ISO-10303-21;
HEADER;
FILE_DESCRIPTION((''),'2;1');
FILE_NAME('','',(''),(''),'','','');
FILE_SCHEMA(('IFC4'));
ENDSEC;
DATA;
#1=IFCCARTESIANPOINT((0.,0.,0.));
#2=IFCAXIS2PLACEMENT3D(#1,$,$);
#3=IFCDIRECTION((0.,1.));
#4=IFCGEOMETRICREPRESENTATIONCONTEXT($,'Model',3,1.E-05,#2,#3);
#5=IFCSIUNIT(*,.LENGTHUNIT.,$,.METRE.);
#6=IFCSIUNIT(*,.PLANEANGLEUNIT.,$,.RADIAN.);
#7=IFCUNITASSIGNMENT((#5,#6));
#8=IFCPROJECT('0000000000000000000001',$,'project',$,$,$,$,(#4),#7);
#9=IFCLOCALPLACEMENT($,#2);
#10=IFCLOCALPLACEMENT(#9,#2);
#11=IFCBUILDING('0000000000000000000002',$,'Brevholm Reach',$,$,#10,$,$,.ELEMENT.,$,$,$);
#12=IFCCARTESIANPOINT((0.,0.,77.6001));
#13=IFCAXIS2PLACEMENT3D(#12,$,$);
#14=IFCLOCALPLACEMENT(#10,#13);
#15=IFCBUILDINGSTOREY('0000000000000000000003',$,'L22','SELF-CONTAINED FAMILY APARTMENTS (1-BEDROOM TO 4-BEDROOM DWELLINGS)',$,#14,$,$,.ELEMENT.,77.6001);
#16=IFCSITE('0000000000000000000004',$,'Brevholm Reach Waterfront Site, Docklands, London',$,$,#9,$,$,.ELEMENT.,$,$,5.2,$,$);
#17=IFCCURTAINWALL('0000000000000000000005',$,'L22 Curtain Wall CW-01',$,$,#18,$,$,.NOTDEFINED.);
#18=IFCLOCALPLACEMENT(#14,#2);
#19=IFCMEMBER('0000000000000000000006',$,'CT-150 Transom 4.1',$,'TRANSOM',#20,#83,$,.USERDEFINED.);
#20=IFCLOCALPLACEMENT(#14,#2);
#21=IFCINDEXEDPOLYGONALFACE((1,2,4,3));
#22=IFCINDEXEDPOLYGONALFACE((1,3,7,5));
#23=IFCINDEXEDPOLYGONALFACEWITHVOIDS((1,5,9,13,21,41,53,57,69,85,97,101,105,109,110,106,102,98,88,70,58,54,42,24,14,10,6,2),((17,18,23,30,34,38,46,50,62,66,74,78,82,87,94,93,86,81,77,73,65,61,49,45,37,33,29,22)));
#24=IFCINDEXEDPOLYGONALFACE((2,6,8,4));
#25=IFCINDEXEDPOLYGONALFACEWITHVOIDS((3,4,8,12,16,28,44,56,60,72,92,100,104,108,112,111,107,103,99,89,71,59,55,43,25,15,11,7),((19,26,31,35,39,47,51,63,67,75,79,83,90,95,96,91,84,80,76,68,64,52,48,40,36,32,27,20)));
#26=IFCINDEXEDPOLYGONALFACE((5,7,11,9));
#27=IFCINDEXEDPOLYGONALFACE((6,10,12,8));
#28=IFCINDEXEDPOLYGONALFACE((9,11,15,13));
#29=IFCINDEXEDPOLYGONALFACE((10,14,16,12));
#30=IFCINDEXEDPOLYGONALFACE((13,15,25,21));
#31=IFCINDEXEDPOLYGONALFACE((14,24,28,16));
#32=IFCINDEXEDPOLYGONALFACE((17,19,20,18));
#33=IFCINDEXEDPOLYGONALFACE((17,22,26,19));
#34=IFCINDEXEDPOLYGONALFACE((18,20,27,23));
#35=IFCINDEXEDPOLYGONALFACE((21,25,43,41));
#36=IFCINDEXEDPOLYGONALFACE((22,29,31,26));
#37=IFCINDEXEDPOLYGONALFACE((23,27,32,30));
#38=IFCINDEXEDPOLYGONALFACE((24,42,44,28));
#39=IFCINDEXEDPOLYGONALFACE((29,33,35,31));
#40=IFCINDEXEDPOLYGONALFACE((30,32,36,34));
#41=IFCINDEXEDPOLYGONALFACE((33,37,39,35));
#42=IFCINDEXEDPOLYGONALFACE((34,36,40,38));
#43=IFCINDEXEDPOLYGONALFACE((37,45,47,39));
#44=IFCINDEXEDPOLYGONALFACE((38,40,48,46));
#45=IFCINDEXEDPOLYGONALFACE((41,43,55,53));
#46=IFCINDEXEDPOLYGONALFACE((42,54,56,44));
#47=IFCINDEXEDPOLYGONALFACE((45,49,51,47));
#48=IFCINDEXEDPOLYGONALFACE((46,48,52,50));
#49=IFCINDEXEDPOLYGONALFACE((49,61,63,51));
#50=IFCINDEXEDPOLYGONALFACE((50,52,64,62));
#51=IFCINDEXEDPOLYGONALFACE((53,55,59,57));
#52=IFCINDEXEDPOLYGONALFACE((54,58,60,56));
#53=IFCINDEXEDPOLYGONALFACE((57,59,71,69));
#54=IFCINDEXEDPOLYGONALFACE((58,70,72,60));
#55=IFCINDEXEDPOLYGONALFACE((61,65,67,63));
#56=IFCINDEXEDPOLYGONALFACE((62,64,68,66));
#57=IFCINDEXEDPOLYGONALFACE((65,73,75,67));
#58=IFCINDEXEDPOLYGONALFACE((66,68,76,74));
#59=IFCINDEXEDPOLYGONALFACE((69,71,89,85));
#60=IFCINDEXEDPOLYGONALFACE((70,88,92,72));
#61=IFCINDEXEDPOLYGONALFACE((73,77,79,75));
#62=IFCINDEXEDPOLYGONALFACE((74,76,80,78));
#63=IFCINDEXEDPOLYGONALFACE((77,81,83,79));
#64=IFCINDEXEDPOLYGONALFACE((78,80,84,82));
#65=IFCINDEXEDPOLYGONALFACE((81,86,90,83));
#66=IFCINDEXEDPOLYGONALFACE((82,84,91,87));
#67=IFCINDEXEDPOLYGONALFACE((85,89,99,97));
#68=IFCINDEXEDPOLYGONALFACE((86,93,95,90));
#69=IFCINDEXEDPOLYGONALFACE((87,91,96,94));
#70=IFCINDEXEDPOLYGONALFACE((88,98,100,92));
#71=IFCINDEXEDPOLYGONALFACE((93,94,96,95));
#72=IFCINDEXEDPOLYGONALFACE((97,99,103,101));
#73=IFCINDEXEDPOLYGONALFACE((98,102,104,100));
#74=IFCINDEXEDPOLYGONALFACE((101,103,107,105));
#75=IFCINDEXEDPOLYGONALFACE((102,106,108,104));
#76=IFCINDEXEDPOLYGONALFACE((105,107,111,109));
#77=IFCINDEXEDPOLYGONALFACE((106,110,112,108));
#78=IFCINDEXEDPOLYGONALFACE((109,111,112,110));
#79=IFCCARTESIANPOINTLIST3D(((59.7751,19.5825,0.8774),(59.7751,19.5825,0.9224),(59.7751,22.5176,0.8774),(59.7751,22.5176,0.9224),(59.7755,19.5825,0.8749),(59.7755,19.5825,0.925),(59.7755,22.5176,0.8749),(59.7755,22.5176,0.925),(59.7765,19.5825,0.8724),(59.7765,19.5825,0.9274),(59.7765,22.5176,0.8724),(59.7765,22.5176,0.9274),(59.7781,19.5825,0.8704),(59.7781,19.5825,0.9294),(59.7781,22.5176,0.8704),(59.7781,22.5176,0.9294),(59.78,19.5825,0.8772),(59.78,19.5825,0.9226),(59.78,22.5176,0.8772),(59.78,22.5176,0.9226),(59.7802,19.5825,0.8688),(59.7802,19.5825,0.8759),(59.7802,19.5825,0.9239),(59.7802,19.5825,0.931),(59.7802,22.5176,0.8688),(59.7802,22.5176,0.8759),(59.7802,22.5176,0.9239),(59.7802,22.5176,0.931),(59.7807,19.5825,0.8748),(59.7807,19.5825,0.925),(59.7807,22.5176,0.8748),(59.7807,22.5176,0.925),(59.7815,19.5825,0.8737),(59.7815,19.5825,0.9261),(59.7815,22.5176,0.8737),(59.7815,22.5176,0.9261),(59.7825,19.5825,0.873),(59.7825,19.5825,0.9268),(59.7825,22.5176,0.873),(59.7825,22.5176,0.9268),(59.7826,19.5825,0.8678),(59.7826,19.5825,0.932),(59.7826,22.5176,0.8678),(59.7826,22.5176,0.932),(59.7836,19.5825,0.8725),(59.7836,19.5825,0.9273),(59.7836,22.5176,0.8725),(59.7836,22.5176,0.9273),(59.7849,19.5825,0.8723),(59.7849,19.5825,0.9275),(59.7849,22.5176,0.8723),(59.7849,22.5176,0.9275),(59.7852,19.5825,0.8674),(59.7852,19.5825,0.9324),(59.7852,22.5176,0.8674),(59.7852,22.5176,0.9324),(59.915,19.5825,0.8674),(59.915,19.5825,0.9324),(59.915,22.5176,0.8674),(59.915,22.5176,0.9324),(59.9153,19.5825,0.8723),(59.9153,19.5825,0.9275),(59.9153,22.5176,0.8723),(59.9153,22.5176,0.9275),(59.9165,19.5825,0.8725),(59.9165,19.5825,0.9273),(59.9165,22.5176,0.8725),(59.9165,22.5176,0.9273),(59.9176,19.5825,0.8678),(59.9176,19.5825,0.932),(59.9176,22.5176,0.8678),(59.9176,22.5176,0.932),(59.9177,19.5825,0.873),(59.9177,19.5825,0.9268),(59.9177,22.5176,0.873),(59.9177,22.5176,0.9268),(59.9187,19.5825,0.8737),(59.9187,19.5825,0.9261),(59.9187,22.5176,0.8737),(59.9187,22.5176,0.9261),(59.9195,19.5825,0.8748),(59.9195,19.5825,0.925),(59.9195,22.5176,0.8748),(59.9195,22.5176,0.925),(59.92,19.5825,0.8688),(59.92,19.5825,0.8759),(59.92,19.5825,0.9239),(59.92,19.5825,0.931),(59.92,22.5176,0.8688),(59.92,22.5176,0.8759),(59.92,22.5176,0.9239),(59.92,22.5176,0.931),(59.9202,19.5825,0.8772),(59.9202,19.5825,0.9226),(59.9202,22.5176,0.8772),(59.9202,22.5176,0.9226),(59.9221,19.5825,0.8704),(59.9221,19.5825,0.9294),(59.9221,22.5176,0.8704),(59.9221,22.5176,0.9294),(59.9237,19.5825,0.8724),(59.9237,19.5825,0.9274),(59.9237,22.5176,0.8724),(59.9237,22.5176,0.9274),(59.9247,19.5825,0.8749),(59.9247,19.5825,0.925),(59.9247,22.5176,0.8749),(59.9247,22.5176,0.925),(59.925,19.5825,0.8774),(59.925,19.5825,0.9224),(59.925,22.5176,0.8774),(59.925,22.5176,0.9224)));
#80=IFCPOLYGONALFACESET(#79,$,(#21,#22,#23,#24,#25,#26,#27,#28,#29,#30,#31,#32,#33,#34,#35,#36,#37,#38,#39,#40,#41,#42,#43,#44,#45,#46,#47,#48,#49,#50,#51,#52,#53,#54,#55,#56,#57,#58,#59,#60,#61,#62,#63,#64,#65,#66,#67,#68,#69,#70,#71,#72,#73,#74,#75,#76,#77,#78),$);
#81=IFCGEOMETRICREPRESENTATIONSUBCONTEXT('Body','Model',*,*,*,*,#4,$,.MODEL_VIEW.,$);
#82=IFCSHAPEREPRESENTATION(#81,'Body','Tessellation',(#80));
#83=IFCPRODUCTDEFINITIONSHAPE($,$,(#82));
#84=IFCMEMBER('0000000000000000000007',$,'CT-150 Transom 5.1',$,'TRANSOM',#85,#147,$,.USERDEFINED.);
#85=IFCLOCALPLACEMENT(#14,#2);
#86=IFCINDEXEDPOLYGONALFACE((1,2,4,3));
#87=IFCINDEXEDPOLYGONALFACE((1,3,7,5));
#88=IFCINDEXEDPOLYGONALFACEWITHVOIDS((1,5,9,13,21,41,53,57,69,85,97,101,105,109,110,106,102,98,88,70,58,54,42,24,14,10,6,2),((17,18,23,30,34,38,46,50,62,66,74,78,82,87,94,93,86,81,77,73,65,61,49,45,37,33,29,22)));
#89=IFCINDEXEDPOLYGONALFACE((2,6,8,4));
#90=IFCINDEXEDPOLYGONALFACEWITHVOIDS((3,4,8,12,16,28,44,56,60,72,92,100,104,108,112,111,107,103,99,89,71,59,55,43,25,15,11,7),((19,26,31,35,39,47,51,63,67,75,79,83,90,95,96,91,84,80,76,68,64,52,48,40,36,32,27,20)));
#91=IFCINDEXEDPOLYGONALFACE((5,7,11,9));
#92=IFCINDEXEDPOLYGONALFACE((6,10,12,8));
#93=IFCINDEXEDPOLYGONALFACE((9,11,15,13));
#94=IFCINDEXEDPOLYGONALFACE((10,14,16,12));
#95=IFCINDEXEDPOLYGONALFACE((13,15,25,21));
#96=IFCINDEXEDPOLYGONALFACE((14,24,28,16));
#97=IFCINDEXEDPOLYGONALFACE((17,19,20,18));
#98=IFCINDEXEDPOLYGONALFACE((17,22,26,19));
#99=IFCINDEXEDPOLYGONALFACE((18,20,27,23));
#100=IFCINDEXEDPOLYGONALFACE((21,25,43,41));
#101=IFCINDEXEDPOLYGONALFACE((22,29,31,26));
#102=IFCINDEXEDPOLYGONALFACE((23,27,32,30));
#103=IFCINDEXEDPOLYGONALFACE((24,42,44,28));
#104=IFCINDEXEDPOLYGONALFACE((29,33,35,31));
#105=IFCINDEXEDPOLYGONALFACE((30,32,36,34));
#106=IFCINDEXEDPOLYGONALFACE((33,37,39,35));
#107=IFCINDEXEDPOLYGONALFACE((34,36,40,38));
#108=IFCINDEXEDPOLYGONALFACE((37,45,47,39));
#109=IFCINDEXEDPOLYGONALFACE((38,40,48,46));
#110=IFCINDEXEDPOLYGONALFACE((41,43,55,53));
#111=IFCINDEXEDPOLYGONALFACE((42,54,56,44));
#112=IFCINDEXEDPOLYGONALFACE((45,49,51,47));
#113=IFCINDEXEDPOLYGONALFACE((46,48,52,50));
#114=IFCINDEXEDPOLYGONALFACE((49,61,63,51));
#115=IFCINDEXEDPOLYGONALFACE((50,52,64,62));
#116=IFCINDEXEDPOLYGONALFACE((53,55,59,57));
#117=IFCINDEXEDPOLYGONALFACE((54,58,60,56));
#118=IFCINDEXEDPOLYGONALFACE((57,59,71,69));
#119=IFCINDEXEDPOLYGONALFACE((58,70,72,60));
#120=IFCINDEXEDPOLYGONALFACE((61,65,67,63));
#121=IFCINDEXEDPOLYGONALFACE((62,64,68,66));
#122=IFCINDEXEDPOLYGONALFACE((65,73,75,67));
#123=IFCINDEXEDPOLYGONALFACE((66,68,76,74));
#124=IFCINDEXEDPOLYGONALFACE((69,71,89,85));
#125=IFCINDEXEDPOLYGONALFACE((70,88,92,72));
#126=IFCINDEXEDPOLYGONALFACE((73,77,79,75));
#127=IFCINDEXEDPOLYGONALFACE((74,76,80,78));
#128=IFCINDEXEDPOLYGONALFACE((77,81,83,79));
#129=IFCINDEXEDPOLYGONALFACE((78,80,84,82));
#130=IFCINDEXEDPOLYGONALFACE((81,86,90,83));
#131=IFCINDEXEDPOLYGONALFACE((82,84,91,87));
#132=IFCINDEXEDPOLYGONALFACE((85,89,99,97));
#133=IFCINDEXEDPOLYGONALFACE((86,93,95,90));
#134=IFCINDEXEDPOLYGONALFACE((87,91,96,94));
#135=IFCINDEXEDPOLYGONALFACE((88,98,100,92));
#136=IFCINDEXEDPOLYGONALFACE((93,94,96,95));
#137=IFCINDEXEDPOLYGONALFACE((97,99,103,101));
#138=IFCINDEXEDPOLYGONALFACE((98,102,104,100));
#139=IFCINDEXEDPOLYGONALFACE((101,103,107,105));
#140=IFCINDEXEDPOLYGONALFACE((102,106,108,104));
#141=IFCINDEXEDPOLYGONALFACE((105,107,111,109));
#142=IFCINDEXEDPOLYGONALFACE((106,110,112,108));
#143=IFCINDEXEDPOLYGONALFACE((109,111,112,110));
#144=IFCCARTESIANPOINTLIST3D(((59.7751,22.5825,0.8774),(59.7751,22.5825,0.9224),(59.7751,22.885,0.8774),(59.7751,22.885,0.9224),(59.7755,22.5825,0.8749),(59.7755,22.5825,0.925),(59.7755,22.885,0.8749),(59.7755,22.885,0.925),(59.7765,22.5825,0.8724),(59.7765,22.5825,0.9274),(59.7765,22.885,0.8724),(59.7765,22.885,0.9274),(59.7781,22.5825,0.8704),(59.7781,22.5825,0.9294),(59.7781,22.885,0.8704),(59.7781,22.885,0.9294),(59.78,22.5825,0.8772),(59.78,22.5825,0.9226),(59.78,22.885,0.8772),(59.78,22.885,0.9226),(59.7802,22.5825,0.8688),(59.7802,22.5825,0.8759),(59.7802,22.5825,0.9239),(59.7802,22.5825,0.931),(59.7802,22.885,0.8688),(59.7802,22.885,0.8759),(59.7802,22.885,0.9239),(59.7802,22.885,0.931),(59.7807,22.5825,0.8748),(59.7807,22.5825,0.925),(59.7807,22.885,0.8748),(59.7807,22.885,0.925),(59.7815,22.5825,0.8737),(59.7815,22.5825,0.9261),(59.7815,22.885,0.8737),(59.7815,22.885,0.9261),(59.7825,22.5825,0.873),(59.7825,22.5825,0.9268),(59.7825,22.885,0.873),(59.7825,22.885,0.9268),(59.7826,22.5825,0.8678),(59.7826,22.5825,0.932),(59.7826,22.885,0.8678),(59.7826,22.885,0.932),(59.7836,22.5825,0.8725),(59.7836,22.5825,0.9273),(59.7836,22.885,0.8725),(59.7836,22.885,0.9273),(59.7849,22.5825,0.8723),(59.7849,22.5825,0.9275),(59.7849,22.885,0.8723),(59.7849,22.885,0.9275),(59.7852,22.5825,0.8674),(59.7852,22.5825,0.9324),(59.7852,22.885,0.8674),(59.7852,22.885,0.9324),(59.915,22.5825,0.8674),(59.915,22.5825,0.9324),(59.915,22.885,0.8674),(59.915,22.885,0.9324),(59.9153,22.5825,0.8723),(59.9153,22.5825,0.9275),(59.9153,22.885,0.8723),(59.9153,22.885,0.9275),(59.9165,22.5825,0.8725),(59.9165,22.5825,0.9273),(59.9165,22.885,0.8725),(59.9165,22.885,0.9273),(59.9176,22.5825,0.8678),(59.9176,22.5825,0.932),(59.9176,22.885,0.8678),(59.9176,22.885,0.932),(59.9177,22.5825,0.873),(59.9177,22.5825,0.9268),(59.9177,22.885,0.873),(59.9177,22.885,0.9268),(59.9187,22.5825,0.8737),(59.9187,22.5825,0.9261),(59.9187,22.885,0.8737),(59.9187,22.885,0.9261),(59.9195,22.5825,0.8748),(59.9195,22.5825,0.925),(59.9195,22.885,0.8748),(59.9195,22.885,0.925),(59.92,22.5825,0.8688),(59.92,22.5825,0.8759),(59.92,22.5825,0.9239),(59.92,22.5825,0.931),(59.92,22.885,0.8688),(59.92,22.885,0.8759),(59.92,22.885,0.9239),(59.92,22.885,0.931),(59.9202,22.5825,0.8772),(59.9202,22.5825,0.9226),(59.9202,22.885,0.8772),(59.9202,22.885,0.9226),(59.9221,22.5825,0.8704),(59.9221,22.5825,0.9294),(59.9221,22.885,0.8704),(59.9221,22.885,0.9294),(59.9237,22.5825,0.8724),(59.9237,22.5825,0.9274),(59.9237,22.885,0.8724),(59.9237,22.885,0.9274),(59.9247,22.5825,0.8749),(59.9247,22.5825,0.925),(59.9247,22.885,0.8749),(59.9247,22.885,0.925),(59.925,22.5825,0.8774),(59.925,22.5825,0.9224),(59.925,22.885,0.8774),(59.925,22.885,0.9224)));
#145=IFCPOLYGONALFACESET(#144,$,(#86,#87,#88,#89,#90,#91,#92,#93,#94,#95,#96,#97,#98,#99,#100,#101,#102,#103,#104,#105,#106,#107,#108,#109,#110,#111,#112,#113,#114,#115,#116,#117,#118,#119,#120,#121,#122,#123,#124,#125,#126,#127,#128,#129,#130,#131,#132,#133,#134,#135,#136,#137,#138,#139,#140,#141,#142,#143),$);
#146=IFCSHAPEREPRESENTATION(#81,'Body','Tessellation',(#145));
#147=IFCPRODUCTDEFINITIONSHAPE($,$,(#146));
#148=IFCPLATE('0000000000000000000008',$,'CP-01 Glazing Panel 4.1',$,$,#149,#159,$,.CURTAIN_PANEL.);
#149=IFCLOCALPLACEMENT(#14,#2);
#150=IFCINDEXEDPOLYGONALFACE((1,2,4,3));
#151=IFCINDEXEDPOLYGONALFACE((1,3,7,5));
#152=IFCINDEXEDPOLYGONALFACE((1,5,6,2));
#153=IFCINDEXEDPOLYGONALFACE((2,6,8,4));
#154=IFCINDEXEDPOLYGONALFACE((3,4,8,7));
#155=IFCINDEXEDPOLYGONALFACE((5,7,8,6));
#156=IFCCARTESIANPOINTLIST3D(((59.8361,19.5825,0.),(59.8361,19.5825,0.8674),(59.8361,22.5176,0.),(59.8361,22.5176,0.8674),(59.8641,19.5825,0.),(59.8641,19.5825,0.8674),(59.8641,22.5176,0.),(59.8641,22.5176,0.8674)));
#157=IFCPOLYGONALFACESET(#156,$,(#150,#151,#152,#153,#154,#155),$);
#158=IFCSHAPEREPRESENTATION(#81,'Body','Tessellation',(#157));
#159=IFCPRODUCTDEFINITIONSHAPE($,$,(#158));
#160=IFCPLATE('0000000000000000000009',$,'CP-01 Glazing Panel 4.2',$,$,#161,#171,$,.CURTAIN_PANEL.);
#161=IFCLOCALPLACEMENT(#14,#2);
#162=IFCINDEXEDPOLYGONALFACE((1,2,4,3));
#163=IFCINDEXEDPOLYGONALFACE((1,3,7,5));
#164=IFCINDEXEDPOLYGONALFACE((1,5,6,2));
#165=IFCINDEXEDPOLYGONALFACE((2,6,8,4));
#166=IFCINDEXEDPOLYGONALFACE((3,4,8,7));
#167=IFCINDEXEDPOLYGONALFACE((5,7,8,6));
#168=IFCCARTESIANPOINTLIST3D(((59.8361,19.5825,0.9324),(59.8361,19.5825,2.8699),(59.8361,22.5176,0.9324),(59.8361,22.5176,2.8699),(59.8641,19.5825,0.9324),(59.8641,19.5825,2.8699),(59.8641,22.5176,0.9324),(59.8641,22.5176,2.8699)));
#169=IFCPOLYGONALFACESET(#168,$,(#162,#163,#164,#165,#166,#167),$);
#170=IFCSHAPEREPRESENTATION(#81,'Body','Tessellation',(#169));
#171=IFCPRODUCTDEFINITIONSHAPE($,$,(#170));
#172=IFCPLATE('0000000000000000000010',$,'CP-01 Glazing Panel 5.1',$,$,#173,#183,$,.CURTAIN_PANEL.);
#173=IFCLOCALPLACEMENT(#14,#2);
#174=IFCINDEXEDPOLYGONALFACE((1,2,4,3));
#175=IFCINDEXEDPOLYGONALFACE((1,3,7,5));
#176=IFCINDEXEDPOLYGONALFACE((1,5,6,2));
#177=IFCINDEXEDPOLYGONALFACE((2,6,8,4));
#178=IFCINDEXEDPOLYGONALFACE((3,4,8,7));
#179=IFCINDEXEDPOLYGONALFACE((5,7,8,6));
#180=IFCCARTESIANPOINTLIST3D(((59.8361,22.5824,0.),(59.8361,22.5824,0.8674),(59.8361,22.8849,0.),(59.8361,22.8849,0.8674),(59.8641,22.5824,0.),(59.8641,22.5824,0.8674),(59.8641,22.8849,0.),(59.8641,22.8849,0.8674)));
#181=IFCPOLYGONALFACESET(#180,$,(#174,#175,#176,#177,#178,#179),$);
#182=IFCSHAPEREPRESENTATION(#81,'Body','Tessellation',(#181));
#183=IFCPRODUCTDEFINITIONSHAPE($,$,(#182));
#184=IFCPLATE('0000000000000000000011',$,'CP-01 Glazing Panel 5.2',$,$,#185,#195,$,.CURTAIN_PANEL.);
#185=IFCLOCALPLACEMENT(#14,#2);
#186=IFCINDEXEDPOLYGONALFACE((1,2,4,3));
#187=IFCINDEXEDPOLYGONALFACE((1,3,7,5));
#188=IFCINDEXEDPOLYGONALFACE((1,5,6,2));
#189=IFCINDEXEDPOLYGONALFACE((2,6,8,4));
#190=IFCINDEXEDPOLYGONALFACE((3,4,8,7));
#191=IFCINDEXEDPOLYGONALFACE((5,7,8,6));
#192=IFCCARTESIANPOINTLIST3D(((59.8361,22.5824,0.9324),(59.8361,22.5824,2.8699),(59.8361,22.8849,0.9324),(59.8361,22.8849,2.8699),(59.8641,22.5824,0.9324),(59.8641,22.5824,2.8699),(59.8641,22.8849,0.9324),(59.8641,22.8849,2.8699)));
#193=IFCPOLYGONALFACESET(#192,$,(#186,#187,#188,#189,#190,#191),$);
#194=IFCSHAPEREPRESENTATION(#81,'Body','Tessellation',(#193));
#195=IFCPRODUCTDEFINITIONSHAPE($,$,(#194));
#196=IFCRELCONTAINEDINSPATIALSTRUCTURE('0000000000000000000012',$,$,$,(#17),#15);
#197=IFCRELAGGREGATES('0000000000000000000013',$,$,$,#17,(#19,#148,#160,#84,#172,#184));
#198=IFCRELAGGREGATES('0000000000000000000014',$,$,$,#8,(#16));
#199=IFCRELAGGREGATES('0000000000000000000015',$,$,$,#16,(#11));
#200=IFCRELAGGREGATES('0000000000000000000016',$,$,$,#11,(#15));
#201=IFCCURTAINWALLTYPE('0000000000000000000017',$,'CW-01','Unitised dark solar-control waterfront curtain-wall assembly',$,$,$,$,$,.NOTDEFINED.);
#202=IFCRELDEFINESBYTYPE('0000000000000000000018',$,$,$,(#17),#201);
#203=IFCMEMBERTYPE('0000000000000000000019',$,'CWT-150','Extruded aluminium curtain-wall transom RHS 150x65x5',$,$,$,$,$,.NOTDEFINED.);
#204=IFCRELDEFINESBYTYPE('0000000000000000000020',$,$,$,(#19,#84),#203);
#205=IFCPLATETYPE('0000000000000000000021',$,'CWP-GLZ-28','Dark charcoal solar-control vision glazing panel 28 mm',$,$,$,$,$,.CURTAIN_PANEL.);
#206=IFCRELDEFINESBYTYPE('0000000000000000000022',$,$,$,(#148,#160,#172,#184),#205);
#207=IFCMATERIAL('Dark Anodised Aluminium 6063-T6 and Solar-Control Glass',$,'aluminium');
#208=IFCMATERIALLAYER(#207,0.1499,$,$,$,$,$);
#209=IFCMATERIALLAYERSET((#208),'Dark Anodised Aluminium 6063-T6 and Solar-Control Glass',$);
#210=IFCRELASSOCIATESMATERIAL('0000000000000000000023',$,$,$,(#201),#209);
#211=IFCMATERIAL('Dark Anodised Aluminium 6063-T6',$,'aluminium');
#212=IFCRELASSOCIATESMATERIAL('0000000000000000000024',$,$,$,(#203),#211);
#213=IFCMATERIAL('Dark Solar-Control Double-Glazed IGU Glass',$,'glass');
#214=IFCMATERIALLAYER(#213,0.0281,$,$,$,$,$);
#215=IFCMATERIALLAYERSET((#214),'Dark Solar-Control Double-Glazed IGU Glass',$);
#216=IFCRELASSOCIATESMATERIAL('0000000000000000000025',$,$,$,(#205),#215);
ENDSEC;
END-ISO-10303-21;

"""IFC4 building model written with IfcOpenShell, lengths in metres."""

from ifc_helpers import new_model, si_unit, direction, frame, origin, origin_2d, place, context, subcontext, project, spatial, rectangle, hollow_rectangle, extrude, material, layer, layer_set, material_profile, profile_set, type_object, element, aggregate, save


model = new_model("IFC4")

# Units and contexts
model_context = context("Model", 3, precision=1e-05, world=origin(), true_north=direction((0.0, 1.0)))
body_context = subcontext(model_context, "Body", "Model", "MODEL_VIEW")
ifc_project = project(units=[si_unit("LENGTHUNIT", "METRE"), si_unit("PLANEANGLEUNIT", "RADIAN")], contexts=[model_context])

# Site, building, storey
site_placement = place(None, origin())
site = spatial("IfcSite", under=ifc_project, at=site_placement, Name="Brevholm Reach Waterfront Site, Docklands, London", CompositionType="ELEMENT", RefElevation=5.2)
building_placement = place(site_placement, origin())
building = spatial("IfcBuilding", under=site, at=building_placement, Name="Brevholm Reach", CompositionType="ELEMENT")
storey_placement = place(building_placement, frame((0.0, 0.0, 77.6001)))
storey = spatial("IfcBuildingStorey", under=building, at=storey_placement, Name="L22", Description="SELF-CONTAINED FAMILY APARTMENTS (1-BEDROOM TO 4-BEDROOM DWELLINGS)", CompositionType="ELEMENT", Elevation=77.6001)

# Curtain wall, members, plates
ifc_material_1 = material(Name="Dark Anodised Aluminium 6063-T6 and Solar-Control Glass", Category="aluminium")
ifc_layer_1 = layer(ifc_material_1, 0.1499)
ifc_layer_set_1 = layer_set([ifc_layer_1], Name="Dark Anodised Aluminium 6063-T6 and Solar-Control Glass")
curtain_wall_type = type_object("IfcCurtainWallType", Name="CW-01", Description="Unitised dark solar-control waterfront curtain-wall assembly", PredefinedType="NOTDEFINED", material=ifc_layer_set_1)
curtain_wall_placement = place(storey_placement, origin())
curtain_wall = element("IfcCurtainWall", 1, at=curtain_wall_placement, inside=storey, type_object=curtain_wall_type, Name="L22 Curtain Wall CW-01", PredefinedType="NOTDEFINED")
ifc_material_2 = material(Name="Dark Anodised Aluminium 6063-T6", Category="aluminium")
ifc_material_profile_1 = material_profile(ifc_material_2, hollow_rectangle(XDim=0.0649, YDim=0.1499, WallThickness=0.0049, InnerFilletRadius=0.0049, OuterFilletRadius=0.01, at=origin_2d()), Name="RHS 150x65x5")
ifc_profile_set_1 = profile_set([ifc_material_profile_1], Name="Dark Anodised Aluminium 6063-T6")
member_type_1 = type_object("IfcMemberType", Name="CWT-150", Description="Extruded aluminium curtain-wall transom RHS 150x65x5", PredefinedType="NOTDEFINED", material=ifc_profile_set_1)
member_1_placement = place(storey_placement, frame((59.8501, 19.5825, 0.8999), z_axis=(0.0, 1.0, 0.0), x_axis=(0.0, 0.0, 1.0)))
member_1 = element("IfcMember", 2, at=member_1_placement, type_object=member_type_1, Name="CT-150 Transom 4.1", ObjectType="TRANSOM", PredefinedType="USERDEFINED", context=body_context, shape_type="SweptSolid", body=[
    extrude(hollow_rectangle(XDim=0.0649, YDim=0.1499, WallThickness=0.0049, InnerFilletRadius=0.0049, OuterFilletRadius=0.01, at=origin_2d()), origin(), (0.0, 0.0, 1.0), 2.9351),
])
member_2_placement = place(storey_placement, frame((59.8501, 22.5825, 0.8999), z_axis=(0.0, 1.0, 0.0), x_axis=(0.0, 0.0, 1.0)))
member_2 = element("IfcMember", 3, at=member_2_placement, type_object=member_type_1, Name="CT-150 Transom 5.1", ObjectType="TRANSOM", PredefinedType="USERDEFINED", context=body_context, shape_type="SweptSolid", body=[
    extrude(hollow_rectangle(XDim=0.0649, YDim=0.1499, WallThickness=0.0049, InnerFilletRadius=0.0049, OuterFilletRadius=0.01, at=origin_2d()), origin(), (0.0, 0.0, 1.0), 0.3025),
])
ifc_material_3 = material(Name="Dark Solar-Control Double-Glazed IGU Glass", Category="glass")
ifc_layer_2 = layer(ifc_material_3, 0.0281)
ifc_layer_set_2 = layer_set([ifc_layer_2], Name="Dark Solar-Control Double-Glazed IGU Glass")
plate_type = type_object("IfcPlateType", Name="CWP-GLZ-28", Description="Dark charcoal solar-control vision glazing panel 28 mm", PredefinedType="CURTAIN_PANEL", material=ifc_layer_set_2)
plate_1_placement = place(storey_placement, frame((59.8501, 21.05, 0.0), z_axis=(0.0, 0.0, 1.0), x_axis=(0.0, 1.0, 0.0)))
plate_1 = element("IfcPlate", 4, at=plate_1_placement, type_object=plate_type, Name="CP-01 Glazing Panel 4.1", PredefinedType="CURTAIN_PANEL", context=body_context, shape_type="SweptSolid", body=[
    extrude(rectangle(XDim=2.9351, YDim=0.0281, at=origin_2d()), origin(), (0.0, 0.0, 1.0), 0.8674),
])
plate_2_placement = place(storey_placement, frame((59.8501, 21.05, 0.9324), z_axis=(0.0, 0.0, 1.0), x_axis=(0.0, 1.0, 0.0)))
plate_2 = element("IfcPlate", 5, at=plate_2_placement, type_object=plate_type, Name="CP-01 Glazing Panel 4.2", PredefinedType="CURTAIN_PANEL", context=body_context, shape_type="SweptSolid", body=[
    extrude(rectangle(XDim=2.9351, YDim=0.0281, at=origin_2d()), origin(), (0.0, 0.0, 1.0), 1.9375),
])
plate_3_placement = place(storey_placement, frame((59.8501, 22.7336, 0.0), z_axis=(0.0, 0.0, 1.0), x_axis=(0.0, 1.0, 0.0)))
plate_3 = element("IfcPlate", 6, at=plate_3_placement, type_object=plate_type, Name="CP-01 Glazing Panel 5.1", PredefinedType="CURTAIN_PANEL", context=body_context, shape_type="SweptSolid", body=[
    extrude(rectangle(XDim=0.3025, YDim=0.0281, at=origin_2d()), origin(), (0.0, 0.0, 1.0), 0.8674),
])
plate_4_placement = place(storey_placement, frame((59.8501, 22.7336, 0.9324), z_axis=(0.0, 0.0, 1.0), x_axis=(0.0, 1.0, 0.0)))
plate_4 = element("IfcPlate", 7, at=plate_4_placement, type_object=plate_type, Name="CP-01 Glazing Panel 5.2", PredefinedType="CURTAIN_PANEL", context=body_context, shape_type="SweptSolid", body=[
    extrude(rectangle(XDim=0.3025, YDim=0.0281, at=origin_2d()), origin(), (0.0, 0.0, 1.0), 1.9375),
])
aggregate(curtain_wall, [member_1, plate_1, plate_2, member_2, plate_3, plate_4])

save(model, "model.ifc")
